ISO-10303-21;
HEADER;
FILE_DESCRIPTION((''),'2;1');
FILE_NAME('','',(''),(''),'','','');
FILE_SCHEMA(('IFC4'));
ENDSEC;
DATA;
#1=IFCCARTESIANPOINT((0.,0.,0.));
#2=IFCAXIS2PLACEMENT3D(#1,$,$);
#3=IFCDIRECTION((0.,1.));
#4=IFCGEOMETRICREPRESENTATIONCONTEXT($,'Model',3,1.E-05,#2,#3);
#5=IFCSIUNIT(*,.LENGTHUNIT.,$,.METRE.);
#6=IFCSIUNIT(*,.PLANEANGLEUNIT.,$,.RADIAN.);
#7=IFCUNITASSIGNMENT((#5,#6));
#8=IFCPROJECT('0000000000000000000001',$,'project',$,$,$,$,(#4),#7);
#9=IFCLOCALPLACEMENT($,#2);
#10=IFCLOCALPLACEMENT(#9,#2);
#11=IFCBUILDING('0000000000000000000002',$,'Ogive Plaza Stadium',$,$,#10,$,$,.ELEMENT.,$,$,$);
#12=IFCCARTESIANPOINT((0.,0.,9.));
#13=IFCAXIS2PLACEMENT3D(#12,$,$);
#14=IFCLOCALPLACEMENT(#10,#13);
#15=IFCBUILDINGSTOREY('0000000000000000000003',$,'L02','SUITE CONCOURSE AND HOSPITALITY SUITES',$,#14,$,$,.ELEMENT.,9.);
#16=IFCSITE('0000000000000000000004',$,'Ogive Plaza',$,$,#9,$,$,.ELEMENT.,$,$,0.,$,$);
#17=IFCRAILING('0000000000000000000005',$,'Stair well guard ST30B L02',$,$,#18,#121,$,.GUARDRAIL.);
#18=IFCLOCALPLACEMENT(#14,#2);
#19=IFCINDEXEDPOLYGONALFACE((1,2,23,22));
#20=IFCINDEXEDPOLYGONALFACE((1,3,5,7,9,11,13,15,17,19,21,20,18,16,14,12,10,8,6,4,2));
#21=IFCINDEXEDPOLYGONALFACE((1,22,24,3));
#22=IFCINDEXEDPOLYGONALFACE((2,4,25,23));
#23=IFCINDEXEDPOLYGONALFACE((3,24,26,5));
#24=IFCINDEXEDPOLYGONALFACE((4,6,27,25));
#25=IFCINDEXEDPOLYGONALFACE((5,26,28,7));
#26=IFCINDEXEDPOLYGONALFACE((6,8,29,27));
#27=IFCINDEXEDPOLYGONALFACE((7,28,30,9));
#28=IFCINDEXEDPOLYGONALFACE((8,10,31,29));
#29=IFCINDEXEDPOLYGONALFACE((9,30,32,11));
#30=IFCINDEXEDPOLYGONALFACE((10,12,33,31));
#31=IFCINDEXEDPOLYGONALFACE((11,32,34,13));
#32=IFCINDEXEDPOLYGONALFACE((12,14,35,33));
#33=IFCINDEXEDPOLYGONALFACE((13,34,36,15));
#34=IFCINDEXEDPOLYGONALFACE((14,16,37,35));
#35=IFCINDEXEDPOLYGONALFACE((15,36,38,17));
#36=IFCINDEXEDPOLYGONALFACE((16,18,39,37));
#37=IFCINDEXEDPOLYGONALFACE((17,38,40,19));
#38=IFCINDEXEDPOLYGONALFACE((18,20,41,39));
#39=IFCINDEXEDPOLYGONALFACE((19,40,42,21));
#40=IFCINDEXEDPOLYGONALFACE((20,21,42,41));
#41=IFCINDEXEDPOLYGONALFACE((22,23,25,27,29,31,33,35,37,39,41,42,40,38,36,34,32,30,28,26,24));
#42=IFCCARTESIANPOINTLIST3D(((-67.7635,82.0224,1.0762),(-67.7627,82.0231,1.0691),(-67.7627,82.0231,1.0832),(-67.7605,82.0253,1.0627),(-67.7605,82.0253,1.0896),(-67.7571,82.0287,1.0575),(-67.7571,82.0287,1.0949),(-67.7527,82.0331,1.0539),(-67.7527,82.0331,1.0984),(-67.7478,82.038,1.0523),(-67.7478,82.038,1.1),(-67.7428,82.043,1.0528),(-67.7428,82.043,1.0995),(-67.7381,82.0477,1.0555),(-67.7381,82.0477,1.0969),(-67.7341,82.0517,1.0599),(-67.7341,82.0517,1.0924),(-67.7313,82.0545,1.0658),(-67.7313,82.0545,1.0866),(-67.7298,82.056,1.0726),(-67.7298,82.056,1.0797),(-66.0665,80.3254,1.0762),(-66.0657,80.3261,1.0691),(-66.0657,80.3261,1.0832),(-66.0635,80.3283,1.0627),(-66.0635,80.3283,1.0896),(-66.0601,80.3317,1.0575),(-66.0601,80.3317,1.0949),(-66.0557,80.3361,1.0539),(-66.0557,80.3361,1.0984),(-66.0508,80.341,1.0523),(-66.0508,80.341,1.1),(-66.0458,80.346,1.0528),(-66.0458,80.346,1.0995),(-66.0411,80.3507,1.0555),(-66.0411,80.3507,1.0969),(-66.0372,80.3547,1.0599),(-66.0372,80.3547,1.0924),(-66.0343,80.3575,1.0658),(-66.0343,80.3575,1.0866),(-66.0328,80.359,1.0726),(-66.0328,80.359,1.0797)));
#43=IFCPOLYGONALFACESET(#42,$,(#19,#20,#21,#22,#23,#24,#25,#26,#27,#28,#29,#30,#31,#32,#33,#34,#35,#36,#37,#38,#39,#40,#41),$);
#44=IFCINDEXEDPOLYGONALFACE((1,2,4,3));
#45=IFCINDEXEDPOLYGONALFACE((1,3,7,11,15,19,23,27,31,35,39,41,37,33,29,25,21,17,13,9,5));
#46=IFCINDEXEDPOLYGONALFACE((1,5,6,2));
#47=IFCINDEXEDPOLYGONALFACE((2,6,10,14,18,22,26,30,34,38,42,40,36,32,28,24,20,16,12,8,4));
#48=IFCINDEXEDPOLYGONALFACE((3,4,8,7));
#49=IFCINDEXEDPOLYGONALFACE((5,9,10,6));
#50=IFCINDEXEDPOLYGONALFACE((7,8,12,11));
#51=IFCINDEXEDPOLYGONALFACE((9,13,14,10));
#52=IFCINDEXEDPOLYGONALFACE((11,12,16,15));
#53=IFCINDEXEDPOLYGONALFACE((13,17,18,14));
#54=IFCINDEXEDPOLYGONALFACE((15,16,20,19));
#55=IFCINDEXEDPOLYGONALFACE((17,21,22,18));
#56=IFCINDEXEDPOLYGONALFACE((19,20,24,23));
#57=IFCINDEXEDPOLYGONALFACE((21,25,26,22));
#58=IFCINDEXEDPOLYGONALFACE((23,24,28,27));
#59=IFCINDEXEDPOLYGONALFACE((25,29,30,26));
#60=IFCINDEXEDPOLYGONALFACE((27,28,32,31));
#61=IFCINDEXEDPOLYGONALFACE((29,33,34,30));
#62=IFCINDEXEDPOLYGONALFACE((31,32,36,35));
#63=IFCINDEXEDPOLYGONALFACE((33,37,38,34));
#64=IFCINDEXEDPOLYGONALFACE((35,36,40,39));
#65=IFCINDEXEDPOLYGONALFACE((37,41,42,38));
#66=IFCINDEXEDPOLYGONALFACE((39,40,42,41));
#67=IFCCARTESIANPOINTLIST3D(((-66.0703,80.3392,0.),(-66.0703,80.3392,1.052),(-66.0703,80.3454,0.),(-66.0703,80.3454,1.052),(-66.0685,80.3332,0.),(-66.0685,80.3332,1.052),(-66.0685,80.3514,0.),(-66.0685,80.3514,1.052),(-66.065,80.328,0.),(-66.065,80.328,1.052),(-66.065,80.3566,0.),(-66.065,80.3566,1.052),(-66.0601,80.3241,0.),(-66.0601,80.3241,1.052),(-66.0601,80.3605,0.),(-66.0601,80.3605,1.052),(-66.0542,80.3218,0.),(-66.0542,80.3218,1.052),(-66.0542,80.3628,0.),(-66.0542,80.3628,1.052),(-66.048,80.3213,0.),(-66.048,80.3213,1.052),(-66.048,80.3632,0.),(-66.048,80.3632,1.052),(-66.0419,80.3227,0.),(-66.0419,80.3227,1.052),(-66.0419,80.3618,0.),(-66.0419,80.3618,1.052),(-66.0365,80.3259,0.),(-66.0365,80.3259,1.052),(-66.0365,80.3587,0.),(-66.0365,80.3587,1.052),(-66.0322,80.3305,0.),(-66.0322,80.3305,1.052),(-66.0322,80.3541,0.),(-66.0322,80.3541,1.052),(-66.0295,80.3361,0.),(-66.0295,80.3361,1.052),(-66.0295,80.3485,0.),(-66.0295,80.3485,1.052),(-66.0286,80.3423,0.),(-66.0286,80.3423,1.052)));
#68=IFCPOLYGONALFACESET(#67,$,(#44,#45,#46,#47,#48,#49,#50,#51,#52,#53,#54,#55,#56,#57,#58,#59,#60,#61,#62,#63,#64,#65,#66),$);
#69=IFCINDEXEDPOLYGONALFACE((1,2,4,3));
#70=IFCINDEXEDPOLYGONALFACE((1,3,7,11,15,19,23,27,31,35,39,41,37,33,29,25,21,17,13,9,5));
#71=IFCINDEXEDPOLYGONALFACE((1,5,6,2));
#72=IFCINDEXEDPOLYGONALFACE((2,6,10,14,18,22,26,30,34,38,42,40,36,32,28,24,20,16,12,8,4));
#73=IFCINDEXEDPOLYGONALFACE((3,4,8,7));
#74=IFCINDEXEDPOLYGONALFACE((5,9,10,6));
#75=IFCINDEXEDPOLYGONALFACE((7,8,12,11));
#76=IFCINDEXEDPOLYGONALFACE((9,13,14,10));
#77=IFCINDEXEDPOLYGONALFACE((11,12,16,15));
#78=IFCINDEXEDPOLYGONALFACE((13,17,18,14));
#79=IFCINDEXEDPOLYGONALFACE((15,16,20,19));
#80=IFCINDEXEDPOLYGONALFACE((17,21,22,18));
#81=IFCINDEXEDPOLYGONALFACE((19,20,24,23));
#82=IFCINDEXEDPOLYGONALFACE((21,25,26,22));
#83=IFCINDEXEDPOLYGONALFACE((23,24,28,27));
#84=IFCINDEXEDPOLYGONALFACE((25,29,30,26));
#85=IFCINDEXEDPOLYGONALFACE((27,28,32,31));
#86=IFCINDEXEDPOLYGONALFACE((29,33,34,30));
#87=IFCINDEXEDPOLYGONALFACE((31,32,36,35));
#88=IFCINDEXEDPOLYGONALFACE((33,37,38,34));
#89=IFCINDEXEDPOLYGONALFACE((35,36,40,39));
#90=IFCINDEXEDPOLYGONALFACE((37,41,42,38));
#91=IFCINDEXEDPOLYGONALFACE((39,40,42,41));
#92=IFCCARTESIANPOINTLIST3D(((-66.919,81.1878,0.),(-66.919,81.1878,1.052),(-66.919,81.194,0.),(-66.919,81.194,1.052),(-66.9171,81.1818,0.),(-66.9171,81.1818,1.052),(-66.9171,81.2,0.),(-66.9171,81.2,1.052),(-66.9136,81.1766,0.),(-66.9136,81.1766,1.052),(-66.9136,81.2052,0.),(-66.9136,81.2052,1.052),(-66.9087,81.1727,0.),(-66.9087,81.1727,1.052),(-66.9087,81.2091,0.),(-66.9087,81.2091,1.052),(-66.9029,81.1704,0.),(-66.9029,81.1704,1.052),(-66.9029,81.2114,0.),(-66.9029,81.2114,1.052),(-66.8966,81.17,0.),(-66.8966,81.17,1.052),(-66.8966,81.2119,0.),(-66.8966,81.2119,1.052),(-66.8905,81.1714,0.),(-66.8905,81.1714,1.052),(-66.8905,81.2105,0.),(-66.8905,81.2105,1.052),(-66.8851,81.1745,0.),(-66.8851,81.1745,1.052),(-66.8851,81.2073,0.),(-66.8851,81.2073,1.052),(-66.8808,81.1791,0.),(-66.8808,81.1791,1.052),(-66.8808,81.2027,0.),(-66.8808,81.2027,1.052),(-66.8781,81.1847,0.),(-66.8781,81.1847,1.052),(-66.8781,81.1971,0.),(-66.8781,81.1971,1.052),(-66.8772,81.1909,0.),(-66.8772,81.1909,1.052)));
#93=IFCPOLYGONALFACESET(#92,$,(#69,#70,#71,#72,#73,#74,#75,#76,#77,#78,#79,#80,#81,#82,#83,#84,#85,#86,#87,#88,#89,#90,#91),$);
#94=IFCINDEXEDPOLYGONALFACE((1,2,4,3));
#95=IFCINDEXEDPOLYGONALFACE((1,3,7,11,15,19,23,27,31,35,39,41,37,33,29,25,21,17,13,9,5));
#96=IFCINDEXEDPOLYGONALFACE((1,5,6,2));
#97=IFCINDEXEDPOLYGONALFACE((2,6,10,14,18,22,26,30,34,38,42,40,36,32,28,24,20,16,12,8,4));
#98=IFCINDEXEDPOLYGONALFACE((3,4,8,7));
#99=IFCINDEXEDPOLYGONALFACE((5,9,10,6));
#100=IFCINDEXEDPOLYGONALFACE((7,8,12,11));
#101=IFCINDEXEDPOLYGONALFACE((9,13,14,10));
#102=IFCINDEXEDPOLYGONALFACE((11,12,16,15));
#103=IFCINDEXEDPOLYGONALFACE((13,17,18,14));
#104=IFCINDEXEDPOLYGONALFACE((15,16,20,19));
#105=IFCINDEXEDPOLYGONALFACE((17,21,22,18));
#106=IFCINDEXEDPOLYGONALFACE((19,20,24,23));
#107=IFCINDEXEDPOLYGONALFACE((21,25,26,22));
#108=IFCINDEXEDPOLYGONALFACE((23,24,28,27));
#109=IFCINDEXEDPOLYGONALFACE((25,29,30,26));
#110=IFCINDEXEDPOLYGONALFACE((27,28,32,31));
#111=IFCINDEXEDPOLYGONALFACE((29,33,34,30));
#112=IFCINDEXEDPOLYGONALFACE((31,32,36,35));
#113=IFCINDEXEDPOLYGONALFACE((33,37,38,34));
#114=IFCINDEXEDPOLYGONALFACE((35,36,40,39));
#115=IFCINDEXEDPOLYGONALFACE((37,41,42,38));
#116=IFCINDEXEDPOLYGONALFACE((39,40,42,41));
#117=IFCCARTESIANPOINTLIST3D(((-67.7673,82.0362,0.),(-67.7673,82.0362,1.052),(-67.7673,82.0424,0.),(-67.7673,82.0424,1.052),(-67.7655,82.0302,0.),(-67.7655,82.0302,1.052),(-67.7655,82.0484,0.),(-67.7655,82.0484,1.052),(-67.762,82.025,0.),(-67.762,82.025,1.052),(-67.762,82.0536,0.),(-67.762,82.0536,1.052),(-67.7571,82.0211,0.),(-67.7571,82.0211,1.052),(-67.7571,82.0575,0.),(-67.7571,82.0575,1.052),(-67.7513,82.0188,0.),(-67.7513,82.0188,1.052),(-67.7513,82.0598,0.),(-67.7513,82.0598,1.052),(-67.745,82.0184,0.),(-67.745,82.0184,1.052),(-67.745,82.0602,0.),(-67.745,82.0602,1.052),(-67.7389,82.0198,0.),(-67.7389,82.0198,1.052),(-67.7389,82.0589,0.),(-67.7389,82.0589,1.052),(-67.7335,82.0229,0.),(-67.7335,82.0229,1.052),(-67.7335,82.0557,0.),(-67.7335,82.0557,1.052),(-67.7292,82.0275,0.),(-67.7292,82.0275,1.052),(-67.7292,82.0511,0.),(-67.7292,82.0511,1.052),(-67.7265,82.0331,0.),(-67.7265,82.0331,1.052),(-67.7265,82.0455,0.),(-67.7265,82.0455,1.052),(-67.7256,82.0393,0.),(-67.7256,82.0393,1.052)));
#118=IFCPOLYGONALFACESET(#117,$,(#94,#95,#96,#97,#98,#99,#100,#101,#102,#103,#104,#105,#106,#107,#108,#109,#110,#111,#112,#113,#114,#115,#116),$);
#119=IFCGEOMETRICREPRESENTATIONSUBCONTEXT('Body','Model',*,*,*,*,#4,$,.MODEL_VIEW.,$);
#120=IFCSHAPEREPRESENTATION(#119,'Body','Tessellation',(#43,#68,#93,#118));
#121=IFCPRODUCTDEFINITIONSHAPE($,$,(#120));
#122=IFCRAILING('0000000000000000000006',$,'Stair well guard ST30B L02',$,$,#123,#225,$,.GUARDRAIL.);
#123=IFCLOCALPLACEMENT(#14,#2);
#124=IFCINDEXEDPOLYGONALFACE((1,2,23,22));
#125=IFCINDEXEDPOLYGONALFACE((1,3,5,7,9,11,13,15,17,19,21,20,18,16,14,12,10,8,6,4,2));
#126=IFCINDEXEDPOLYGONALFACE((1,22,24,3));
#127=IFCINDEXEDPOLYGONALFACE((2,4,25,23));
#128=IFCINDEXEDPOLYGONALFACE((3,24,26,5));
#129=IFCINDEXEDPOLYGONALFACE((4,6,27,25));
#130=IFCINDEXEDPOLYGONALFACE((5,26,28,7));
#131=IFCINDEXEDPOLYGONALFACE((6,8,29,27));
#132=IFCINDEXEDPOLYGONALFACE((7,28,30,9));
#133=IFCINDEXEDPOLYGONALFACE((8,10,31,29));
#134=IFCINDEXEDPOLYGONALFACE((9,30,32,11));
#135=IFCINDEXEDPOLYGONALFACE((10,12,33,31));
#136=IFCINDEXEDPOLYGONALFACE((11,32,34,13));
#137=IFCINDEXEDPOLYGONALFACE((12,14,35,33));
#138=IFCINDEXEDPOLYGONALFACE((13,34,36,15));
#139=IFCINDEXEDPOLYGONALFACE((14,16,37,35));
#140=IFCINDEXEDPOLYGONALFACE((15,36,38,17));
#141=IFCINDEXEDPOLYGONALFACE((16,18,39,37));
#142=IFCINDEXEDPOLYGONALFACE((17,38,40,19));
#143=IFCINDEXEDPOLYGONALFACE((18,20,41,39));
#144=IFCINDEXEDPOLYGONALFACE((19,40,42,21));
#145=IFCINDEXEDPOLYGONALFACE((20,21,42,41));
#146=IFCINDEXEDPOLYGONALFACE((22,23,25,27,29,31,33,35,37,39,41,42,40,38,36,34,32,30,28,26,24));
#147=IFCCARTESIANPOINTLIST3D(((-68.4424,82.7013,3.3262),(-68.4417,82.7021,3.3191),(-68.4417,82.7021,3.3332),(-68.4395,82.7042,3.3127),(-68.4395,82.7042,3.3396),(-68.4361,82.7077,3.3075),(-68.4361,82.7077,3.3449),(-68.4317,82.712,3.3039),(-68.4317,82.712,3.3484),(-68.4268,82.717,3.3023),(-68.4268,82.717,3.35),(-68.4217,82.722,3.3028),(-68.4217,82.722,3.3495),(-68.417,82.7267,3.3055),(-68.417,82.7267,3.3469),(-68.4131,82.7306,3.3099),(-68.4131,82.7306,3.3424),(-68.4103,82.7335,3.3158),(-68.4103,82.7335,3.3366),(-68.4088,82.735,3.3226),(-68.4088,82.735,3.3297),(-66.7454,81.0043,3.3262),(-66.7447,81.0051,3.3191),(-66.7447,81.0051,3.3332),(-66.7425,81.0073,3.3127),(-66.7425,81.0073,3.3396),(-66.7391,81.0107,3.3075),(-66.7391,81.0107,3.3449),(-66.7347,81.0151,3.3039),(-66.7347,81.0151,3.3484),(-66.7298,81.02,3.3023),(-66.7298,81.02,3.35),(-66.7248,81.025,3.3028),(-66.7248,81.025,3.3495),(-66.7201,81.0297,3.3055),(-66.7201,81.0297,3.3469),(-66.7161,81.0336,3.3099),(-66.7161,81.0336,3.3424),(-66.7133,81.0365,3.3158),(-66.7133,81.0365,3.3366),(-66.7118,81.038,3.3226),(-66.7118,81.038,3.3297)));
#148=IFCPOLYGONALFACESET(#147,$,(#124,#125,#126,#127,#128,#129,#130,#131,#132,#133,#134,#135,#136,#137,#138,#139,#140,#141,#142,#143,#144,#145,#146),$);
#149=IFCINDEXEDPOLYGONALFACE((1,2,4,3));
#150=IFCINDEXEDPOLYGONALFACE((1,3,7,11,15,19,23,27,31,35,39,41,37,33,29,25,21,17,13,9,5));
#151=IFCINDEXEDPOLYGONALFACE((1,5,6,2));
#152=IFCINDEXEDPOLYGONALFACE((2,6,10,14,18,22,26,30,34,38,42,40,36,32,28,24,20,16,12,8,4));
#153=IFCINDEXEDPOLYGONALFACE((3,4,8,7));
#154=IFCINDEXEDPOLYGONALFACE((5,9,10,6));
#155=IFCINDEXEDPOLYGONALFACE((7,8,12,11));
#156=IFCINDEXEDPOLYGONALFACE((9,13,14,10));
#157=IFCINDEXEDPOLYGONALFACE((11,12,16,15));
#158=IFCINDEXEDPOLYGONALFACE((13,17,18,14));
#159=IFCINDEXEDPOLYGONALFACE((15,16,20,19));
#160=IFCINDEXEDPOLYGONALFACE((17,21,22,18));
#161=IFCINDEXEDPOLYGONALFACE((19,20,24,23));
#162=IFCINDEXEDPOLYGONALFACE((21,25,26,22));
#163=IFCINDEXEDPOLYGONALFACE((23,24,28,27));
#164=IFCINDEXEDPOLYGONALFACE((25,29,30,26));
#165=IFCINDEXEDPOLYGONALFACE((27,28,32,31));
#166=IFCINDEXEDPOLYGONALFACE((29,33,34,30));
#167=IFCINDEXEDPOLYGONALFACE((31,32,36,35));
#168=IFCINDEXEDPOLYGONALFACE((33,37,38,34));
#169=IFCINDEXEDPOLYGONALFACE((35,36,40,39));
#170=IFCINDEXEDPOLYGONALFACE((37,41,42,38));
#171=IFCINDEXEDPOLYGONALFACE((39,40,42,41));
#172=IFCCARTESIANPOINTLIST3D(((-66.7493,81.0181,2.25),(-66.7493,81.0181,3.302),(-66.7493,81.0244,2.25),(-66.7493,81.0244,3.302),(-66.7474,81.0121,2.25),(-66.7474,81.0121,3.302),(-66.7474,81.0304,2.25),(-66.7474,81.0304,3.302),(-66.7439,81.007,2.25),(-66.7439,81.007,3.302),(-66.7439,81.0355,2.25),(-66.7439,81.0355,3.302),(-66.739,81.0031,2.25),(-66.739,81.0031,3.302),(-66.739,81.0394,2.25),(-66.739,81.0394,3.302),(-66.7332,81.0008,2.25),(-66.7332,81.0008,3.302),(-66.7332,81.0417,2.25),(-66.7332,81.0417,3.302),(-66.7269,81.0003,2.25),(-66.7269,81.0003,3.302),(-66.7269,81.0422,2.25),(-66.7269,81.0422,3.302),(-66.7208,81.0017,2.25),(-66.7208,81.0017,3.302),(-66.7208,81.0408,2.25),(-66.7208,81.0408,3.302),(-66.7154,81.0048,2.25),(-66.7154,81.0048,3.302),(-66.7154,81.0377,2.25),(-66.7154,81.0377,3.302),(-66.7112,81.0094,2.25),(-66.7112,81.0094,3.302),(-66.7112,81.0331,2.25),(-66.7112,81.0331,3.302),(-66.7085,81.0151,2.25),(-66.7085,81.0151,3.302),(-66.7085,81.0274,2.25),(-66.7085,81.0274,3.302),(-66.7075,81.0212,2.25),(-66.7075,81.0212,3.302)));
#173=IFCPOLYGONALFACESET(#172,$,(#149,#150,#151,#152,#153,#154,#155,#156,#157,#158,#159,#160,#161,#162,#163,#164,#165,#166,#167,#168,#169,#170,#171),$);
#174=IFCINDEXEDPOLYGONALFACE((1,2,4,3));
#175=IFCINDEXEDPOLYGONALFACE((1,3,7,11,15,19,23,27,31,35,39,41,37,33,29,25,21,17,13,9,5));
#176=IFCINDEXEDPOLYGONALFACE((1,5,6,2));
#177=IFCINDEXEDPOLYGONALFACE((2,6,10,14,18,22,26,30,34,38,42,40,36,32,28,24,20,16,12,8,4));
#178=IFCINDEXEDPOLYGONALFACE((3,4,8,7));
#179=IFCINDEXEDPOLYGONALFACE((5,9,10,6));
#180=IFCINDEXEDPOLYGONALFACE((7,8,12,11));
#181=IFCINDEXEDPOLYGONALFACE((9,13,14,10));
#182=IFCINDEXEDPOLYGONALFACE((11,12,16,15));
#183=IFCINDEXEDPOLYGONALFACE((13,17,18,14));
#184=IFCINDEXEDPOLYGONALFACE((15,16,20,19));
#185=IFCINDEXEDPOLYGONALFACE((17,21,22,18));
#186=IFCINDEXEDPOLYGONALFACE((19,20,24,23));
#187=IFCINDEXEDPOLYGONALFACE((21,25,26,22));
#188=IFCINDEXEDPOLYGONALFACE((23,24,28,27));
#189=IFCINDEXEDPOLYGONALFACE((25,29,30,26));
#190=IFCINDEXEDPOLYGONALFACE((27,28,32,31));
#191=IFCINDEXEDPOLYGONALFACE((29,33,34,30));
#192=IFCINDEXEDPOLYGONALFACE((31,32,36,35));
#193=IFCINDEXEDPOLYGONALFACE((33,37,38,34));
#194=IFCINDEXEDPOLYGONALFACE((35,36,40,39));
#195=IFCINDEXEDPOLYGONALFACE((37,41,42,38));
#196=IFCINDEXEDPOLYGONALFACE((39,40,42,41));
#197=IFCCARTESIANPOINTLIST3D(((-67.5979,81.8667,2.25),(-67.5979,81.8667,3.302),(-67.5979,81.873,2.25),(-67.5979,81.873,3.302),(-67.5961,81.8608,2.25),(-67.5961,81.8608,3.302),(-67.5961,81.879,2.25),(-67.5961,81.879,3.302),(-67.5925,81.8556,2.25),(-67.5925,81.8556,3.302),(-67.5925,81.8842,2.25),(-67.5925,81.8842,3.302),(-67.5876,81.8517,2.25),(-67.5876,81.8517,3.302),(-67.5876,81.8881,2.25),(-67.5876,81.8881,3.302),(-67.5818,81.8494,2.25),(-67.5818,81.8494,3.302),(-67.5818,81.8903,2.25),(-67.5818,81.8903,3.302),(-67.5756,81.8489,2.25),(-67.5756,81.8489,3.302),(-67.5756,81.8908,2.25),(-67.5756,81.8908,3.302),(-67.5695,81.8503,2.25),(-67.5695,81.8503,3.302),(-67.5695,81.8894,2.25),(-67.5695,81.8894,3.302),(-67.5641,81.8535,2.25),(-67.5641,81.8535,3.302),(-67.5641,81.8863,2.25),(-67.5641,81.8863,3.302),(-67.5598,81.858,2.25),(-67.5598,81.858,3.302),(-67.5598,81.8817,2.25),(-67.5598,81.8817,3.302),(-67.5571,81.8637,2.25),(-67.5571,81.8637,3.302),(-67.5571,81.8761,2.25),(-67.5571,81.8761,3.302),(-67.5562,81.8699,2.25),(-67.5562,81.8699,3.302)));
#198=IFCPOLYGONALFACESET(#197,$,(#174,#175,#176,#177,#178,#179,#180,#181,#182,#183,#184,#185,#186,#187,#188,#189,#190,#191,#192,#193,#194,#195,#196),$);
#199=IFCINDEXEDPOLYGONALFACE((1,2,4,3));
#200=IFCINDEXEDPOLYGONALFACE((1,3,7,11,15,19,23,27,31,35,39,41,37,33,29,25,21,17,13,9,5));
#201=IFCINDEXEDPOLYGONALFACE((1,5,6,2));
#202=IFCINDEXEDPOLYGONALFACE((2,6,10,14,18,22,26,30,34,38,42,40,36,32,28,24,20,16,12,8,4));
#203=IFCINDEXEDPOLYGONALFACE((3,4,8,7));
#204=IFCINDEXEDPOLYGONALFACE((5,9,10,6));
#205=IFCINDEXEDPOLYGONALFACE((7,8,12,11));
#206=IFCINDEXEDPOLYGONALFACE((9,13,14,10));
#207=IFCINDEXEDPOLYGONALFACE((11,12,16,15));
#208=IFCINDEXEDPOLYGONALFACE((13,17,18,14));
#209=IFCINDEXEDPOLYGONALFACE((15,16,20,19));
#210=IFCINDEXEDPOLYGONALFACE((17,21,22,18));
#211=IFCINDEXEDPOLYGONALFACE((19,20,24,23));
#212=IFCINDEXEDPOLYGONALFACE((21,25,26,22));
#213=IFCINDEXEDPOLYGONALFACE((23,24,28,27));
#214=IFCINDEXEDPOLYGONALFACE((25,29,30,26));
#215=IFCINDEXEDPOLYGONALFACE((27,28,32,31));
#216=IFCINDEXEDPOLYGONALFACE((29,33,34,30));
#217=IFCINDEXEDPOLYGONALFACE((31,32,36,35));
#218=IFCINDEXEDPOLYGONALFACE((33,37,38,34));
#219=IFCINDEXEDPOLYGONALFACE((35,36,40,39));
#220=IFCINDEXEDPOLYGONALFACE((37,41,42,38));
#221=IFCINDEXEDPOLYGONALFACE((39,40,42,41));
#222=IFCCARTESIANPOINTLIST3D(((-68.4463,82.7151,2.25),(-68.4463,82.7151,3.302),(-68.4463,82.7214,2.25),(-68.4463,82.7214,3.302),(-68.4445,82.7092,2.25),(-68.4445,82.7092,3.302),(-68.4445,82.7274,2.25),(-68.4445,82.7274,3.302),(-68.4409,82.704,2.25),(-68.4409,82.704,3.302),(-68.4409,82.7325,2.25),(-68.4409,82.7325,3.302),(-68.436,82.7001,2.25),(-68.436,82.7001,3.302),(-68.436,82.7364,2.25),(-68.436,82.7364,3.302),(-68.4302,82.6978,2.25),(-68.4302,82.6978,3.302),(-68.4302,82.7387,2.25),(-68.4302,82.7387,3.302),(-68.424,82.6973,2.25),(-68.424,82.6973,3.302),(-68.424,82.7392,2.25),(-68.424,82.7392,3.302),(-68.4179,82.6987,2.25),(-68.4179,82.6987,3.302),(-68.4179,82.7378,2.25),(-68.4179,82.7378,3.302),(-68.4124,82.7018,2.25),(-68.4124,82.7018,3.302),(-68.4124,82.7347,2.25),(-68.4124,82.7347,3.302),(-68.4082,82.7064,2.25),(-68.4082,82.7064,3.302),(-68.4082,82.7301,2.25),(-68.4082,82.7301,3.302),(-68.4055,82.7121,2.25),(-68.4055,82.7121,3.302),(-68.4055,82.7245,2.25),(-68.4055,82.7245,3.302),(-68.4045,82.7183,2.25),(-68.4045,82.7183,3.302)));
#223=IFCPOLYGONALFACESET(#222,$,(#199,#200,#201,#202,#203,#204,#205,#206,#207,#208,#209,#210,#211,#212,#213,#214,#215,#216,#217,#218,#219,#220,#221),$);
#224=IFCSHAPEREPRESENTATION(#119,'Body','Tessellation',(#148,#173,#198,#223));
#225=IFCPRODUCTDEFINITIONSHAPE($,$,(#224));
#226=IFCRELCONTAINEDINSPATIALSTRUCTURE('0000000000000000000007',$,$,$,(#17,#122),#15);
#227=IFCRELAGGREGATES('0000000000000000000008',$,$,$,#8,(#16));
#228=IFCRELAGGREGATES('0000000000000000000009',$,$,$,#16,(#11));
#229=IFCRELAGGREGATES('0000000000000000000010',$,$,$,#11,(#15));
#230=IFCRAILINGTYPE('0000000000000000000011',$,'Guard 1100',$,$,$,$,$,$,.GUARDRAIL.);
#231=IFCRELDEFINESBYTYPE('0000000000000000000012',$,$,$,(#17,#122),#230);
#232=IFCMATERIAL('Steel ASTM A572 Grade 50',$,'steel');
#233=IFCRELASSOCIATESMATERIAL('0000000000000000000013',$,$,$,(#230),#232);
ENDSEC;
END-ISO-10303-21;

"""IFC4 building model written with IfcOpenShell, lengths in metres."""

from ifc_helpers import new_model, si_unit, direction, frame, origin, origin_2d, place, context, subcontext, project, spatial, circle, extrude, material, type_object, element, save


model = new_model("IFC4")

# Units and contexts
model_context = context("Model", 3, precision=1e-05, world=origin(), true_north=direction((0.0, 1.0)))
body_context = subcontext(model_context, "Body", "Model", "MODEL_VIEW")
ifc_project = project(units=[si_unit("LENGTHUNIT", "METRE"), si_unit("PLANEANGLEUNIT", "RADIAN")], contexts=[model_context])

# Site, building, storey
site_placement = place(None, origin())
site = spatial("IfcSite", under=ifc_project, at=site_placement, Name="Ogive Plaza", CompositionType="ELEMENT", RefElevation=0.0)
building_placement = place(site_placement, origin())
building = spatial("IfcBuilding", under=site, at=building_placement, Name="Ogive Plaza Stadium", CompositionType="ELEMENT")
storey_placement = place(building_placement, frame((0.0, 0.0, 9.0)))
storey = spatial("IfcBuildingStorey", under=building, at=storey_placement, Name="L02", Description="SUITE CONCOURSE AND HOSPITALITY SUITES", CompositionType="ELEMENT", Elevation=9.0)

# Railings
ifc_material_1 = material(Name="Steel ASTM A572 Grade 50", Category="steel")
railing_type_1 = type_object("IfcRailingType", Name="Guard 1100", PredefinedType="GUARDRAIL", material=ifc_material_1)
for number, where, name in (
    (1, (-66.0496, 80.3423, 0.0), "Stair well guard ST30B L02"),
    (2, (-66.7285, 81.0212, 2.25), "Stair well guard ST30B L02"),
):
    element("IfcRailing", number, at=place(storey_placement, frame(where)), inside=storey, type_object=railing_type_1, Name=name, PredefinedType="GUARDRAIL", context=body_context, shape_type="SweptSolid", body=[
        extrude(circle(Radius=0.0239, at=origin_2d()), frame((0.0, 0.0, 1.0762), z_axis=(-0.707107, 0.707107, 0.0), x_axis=(-0.707107, -0.707107, 0.0)), (0.0, 0.0, 1.0), 2.3999),
        extrude(circle(Radius=0.021, at=origin_2d()), origin(), (0.0, 0.0, 1.0), 1.052),
        extrude(circle(Radius=0.021, at=origin_2d()), frame((-0.8486, 0.8486, 0.0)), (0.0, 0.0, 1.0), 1.052),
        extrude(circle(Radius=0.021, at=origin_2d()), frame((-1.697, 1.697, 0.0)), (0.0, 0.0, 1.0), 1.052),
    ])

save(model, "model.ifc")
